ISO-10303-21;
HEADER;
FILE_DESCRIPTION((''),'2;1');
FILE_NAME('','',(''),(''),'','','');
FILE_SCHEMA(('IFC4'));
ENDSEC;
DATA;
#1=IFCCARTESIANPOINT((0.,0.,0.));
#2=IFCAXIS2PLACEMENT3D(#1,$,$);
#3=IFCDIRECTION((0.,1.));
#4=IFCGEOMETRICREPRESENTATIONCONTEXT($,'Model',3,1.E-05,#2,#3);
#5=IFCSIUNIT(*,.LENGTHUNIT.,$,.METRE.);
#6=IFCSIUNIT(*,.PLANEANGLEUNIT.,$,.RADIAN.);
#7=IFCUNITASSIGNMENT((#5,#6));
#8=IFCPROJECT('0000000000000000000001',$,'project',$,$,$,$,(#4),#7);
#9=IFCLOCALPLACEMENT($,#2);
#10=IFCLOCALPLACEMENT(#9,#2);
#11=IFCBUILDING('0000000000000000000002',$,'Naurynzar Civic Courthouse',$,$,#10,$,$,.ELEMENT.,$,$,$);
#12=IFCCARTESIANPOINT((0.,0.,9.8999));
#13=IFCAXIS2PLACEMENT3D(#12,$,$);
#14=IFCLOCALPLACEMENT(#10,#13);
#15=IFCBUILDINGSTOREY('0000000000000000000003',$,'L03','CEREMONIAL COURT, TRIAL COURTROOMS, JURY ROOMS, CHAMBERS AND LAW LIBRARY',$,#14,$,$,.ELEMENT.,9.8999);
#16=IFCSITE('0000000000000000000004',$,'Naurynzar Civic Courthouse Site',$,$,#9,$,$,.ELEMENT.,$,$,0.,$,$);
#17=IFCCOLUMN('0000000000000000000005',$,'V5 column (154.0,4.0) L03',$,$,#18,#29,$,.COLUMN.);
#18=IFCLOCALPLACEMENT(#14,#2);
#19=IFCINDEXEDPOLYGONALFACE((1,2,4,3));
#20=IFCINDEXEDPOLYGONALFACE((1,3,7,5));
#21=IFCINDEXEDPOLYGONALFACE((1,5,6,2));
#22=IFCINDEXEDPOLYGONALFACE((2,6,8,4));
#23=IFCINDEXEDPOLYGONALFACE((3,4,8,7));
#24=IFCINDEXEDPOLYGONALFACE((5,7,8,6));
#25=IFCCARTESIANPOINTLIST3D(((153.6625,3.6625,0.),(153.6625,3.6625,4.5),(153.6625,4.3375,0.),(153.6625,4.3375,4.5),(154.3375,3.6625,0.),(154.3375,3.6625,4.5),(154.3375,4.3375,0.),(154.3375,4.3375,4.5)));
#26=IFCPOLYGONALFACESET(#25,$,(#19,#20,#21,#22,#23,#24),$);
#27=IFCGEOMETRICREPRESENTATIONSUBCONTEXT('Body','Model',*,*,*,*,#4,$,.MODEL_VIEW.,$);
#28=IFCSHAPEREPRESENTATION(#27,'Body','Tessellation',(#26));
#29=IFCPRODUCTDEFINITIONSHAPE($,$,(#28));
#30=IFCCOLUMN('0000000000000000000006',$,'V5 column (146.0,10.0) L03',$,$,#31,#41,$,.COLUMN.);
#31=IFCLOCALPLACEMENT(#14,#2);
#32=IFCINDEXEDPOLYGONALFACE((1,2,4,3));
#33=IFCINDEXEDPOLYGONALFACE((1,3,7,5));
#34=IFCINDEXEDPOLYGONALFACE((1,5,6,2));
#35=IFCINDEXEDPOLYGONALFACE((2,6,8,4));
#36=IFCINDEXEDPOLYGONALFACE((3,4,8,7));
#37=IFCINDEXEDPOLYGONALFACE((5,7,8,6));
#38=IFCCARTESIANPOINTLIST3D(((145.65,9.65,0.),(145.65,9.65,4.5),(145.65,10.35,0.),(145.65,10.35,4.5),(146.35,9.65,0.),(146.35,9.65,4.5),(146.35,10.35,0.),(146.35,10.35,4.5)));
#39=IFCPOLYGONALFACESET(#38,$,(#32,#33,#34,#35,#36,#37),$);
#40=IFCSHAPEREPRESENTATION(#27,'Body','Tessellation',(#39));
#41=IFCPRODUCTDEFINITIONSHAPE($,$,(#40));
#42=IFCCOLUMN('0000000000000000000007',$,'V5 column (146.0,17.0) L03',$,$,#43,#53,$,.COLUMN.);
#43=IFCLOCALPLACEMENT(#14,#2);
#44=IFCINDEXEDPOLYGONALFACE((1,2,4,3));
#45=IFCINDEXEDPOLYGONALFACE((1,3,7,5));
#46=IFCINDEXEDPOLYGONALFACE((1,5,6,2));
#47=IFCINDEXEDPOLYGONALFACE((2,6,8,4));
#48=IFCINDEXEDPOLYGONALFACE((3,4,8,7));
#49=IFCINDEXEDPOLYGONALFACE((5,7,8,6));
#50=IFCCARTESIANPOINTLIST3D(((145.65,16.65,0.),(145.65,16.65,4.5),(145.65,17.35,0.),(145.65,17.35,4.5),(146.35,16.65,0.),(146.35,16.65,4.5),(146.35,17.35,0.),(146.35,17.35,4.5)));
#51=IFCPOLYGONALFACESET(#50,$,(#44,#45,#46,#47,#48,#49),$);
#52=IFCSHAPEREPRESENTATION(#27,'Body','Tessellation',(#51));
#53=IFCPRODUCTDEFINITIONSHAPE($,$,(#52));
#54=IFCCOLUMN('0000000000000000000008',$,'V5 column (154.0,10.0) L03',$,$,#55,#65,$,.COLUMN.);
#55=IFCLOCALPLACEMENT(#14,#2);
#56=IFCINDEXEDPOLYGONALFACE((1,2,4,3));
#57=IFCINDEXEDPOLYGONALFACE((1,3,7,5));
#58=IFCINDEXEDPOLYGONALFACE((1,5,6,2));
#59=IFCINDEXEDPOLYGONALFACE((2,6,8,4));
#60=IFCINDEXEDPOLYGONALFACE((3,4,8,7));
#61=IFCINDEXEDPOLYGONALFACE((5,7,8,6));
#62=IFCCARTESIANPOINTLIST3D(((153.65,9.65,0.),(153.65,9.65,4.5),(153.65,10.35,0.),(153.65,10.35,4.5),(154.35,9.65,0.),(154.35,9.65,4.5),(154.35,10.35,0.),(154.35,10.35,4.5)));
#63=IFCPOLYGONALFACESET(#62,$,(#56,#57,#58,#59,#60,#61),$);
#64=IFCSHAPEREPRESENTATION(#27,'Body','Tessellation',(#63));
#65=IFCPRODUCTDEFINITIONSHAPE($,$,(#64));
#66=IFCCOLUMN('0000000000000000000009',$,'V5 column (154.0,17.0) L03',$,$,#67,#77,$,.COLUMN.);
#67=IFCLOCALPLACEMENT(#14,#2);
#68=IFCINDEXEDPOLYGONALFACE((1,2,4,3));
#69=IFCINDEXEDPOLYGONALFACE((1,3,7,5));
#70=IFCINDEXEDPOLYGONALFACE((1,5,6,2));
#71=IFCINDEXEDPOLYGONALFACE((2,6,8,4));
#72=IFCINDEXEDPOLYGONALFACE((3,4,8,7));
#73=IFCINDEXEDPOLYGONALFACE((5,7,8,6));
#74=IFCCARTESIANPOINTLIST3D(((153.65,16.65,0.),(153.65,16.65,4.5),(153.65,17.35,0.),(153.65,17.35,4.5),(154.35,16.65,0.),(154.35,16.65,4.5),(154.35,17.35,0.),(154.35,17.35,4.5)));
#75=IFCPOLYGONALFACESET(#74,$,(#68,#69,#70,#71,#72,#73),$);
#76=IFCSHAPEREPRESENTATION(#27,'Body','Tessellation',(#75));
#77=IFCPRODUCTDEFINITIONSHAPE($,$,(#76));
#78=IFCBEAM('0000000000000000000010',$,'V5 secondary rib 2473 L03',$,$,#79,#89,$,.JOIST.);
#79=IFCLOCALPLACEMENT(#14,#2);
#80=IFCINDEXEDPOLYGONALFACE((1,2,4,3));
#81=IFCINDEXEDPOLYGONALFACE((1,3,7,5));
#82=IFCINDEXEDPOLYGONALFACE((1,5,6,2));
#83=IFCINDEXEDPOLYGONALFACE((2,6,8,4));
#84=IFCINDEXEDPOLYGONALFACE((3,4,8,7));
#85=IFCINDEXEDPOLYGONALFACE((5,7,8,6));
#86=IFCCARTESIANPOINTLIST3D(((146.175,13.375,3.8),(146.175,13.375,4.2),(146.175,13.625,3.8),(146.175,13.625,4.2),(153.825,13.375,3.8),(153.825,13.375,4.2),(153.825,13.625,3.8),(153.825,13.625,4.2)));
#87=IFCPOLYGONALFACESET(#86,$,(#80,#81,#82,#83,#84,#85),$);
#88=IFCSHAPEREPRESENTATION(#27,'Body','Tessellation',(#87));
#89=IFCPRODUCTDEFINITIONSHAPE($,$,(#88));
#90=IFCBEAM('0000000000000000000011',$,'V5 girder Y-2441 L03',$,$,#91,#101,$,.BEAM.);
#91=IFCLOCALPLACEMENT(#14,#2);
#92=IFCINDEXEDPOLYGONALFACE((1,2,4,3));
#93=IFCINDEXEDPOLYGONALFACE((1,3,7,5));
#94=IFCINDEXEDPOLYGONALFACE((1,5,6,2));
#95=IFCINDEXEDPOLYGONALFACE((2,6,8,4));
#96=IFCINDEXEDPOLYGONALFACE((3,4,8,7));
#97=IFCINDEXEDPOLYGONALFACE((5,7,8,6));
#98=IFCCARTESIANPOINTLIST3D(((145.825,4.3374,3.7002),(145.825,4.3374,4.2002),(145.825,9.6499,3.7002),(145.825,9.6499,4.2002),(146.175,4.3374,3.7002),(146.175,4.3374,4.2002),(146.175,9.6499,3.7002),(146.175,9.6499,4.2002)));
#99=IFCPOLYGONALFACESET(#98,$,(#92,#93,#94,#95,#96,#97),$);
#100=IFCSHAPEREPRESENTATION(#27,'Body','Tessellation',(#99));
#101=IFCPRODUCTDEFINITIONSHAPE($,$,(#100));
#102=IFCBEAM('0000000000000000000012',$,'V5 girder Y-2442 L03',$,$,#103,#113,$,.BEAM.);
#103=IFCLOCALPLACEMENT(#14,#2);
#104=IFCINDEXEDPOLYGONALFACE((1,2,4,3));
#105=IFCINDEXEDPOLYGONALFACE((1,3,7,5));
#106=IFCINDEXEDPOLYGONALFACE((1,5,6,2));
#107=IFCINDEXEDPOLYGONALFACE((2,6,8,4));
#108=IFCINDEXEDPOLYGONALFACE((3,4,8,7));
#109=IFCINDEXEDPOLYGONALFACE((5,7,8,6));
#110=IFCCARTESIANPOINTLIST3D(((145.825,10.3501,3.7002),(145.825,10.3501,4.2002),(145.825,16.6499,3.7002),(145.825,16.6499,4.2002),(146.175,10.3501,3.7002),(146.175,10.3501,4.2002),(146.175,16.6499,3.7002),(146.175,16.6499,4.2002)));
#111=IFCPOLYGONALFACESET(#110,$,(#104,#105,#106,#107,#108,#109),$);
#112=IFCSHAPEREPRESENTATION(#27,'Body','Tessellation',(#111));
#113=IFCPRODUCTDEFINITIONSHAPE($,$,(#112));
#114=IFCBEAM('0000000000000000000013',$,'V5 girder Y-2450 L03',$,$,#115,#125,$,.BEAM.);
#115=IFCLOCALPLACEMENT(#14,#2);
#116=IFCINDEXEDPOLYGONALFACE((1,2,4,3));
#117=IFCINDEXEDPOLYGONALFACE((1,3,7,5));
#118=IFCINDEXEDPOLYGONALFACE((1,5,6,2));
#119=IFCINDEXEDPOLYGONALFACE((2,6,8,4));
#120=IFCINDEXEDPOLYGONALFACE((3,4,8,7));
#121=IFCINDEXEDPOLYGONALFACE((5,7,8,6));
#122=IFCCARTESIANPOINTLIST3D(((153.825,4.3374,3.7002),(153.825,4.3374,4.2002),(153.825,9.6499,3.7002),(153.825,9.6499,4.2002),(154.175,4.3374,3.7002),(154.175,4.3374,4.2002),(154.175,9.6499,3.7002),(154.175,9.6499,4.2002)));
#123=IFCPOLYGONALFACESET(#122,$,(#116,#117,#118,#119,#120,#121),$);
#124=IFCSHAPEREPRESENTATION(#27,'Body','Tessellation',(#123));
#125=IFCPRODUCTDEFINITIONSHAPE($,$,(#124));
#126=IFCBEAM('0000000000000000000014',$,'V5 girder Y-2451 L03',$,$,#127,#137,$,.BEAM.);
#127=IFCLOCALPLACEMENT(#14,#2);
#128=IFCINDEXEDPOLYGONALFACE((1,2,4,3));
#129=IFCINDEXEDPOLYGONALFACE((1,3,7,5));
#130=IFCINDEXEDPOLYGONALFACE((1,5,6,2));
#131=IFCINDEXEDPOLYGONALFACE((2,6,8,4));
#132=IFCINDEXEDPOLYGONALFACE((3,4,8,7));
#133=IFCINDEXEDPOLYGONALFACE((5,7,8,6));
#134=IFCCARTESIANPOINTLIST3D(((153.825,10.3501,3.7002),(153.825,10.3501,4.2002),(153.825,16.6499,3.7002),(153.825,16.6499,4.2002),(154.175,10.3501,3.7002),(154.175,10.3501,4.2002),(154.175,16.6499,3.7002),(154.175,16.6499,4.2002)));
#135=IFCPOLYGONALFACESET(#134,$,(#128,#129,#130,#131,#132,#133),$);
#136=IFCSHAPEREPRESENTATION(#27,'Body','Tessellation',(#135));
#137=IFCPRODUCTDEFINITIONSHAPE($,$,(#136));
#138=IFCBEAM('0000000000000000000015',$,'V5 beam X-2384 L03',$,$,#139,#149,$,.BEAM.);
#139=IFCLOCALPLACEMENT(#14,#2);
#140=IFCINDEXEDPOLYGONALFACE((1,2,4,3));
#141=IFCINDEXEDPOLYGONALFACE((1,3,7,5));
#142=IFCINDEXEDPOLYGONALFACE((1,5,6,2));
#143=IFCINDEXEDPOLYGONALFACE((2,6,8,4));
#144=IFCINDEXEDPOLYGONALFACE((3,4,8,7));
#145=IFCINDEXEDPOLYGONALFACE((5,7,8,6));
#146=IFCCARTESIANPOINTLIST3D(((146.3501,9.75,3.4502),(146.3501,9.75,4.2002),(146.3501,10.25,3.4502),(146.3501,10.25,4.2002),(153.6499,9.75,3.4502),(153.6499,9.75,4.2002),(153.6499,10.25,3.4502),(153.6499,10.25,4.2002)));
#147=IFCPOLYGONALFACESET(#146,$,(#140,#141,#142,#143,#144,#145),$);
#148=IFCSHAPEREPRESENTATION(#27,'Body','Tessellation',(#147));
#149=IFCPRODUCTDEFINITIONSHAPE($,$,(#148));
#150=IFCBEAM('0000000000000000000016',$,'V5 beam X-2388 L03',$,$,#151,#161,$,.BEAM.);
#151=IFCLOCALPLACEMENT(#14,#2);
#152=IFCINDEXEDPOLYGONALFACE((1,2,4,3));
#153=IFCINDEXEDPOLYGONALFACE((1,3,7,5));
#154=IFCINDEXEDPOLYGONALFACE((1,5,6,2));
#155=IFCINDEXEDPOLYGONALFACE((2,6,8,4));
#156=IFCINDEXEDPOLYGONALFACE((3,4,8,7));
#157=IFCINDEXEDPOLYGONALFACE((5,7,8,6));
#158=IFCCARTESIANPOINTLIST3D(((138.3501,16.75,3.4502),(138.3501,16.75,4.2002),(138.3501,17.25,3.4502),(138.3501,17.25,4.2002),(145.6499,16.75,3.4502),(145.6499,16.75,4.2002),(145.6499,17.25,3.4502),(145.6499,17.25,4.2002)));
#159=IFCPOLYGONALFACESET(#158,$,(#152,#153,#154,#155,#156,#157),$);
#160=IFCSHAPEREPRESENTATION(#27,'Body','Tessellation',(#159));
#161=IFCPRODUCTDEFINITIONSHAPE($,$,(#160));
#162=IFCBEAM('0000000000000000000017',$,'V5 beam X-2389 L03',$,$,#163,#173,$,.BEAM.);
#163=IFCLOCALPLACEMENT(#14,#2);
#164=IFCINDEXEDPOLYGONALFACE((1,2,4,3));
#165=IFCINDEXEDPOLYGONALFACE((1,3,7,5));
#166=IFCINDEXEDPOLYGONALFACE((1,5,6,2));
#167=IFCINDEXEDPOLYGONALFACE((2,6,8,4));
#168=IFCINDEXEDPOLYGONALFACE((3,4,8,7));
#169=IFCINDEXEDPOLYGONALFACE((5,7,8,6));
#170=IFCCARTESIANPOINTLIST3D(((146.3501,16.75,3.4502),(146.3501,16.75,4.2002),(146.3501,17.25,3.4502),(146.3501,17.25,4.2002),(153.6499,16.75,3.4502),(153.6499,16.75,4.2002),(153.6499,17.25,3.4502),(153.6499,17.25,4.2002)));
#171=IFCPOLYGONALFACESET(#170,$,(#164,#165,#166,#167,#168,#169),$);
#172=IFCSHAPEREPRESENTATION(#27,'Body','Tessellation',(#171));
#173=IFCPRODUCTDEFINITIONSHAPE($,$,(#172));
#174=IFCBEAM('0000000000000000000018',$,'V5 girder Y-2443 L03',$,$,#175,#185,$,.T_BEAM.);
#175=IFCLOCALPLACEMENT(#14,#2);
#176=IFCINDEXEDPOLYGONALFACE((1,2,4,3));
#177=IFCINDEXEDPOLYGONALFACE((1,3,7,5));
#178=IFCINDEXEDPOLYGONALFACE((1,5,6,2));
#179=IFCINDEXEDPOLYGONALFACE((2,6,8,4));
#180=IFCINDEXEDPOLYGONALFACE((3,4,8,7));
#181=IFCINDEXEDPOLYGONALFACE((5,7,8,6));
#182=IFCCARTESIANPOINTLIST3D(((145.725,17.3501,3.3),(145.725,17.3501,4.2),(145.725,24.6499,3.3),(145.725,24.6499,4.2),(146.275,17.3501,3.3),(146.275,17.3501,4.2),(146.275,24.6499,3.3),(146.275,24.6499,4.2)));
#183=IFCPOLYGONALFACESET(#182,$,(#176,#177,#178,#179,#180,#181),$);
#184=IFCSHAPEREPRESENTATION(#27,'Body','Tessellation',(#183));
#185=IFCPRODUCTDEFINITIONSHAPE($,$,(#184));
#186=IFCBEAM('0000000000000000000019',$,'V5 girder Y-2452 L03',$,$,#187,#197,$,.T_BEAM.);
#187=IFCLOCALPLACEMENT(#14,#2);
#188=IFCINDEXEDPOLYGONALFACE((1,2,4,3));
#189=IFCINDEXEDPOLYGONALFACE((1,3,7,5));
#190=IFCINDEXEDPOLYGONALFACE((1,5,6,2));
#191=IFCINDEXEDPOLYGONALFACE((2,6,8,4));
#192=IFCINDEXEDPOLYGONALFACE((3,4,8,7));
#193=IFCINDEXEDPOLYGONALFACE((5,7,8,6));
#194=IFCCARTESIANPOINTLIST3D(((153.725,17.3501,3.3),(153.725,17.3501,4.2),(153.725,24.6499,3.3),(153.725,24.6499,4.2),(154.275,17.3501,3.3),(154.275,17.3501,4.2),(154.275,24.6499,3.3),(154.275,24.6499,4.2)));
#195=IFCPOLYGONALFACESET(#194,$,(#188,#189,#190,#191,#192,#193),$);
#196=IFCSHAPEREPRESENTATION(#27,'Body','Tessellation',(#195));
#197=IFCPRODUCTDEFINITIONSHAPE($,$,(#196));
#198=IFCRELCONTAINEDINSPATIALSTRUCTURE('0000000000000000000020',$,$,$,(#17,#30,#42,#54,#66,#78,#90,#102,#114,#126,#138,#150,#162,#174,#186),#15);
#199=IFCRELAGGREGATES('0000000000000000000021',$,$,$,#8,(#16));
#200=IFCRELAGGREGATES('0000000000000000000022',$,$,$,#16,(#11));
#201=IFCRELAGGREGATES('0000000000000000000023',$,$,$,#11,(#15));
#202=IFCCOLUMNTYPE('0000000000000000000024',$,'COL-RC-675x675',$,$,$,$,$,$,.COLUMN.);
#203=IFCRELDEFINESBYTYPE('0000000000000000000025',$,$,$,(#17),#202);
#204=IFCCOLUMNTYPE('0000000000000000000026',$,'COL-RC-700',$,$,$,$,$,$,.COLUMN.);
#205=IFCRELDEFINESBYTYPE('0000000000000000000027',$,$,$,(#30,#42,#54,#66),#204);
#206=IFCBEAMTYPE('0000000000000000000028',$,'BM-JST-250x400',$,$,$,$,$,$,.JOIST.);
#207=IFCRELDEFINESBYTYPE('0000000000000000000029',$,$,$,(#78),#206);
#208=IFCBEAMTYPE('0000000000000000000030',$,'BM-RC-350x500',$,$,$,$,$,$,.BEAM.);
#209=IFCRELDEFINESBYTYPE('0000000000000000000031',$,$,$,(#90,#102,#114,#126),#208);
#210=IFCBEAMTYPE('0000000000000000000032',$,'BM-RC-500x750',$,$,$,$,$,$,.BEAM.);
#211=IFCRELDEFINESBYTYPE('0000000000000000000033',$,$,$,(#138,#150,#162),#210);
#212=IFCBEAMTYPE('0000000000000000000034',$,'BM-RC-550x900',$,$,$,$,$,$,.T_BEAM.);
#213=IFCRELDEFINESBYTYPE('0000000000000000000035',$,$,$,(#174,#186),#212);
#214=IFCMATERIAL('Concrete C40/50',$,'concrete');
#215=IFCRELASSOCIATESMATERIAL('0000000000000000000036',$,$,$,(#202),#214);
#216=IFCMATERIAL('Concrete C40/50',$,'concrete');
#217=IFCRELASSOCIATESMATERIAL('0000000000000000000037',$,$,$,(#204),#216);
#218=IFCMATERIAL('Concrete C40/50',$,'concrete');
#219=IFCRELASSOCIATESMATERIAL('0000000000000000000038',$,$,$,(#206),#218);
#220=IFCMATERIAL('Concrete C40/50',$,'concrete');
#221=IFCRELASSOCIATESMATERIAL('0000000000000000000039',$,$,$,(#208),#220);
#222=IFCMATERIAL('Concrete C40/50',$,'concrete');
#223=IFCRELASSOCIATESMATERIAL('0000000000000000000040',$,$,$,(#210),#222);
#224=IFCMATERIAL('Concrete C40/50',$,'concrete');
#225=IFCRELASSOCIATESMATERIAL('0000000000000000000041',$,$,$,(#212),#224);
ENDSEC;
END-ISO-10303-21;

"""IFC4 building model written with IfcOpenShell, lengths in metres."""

from ifc_helpers import new_model, si_unit, direction, frame, origin, origin_2d, place, context, subcontext, project, spatial, rectangle, extrude, material, material_profile, profile_set, type_object, element, save


model = new_model("IFC4")

# Units and contexts
model_context = context("Model", 3, precision=1e-05, world=origin(), true_north=direction((0.0, 1.0)))
body_context = subcontext(model_context, "Body", "Model", "MODEL_VIEW")
ifc_project = project(units=[si_unit("LENGTHUNIT", "METRE"), si_unit("PLANEANGLEUNIT", "RADIAN")], contexts=[model_context])

# Site, building, storey
site_placement = place(None, origin())
site = spatial("IfcSite", under=ifc_project, at=site_placement, Name="Naurynzar Civic Courthouse Site", CompositionType="ELEMENT", RefElevation=0.0)
building_placement = place(site_placement, origin())
building = spatial("IfcBuilding", under=site, at=building_placement, Name="Naurynzar Civic Courthouse", CompositionType="ELEMENT")
storey_placement = place(building_placement, frame((0.0, 0.0, 9.8999)))
storey = spatial("IfcBuildingStorey", under=building, at=storey_placement, Name="L03", Description="CEREMONIAL COURT, TRIAL COURTROOMS, JURY ROOMS, CHAMBERS AND LAW LIBRARY", CompositionType="ELEMENT", Elevation=9.8999)

# Columns
ifc_material_1 = material(Name="Concrete C40/50", Category="concrete")
ifc_material_profile_1 = material_profile(ifc_material_1, rectangle(XDim=0.675, YDim=0.675, at=origin_2d()), Name="RC 675x675")
ifc_profile_set_1 = profile_set([ifc_material_profile_1], Name="Concrete C40/50")
column_type_1 = type_object("IfcColumnType", Name="COL-RC-675x675", PredefinedType="COLUMN", material=ifc_profile_set_1)
column_placement = place(storey_placement, frame((154.0, 4.0, 0.0), z_axis=(0.0, 0.0, 1.0), x_axis=(1.0, 0.0, 0.0)))
element("IfcColumn", 1, at=column_placement, inside=storey, type_object=column_type_1, Name="V5 column (154.0,4.0) L03", PredefinedType="COLUMN", context=body_context, shape_type="SweptSolid", body=[
    extrude(rectangle(XDim=0.675, YDim=0.675, at=origin_2d()), origin(), (0.0, 0.0, 1.0), 4.5),
])
ifc_material_2 = material(Name="Concrete C40/50", Category="concrete")
ifc_material_profile_2 = material_profile(ifc_material_2, rectangle(XDim=0.7, YDim=0.7, at=origin_2d()), Name="RC 700x700")
ifc_profile_set_2 = profile_set([ifc_material_profile_2], Name="Concrete C40/50")
column_type_2 = type_object("IfcColumnType", Name="COL-RC-700", PredefinedType="COLUMN", material=ifc_profile_set_2)
for number, where, z_axis, x_axis, name in (
    (2, (146.0, 10.0, 0.0), (0.0, 0.0, 1.0), (1.0, 0.0, 0.0), "V5 column (146.0,10.0) L03"),
    (3, (146.0, 17.0, 0.0), (0.0, 0.0, 1.0), (1.0, 0.0, 0.0), "V5 column (146.0,17.0) L03"),
    (4, (154.0, 10.0, 0.0), (0.0, 0.0, 1.0), (1.0, 0.0, 0.0), "V5 column (154.0,10.0) L03"),
    (5, (154.0, 17.0, 0.0), (0.0, 0.0, 1.0), (1.0, 0.0, 0.0), "V5 column (154.0,17.0) L03"),
):
    element("IfcColumn", number, at=place(storey_placement, frame(where, z_axis=z_axis, x_axis=x_axis)), inside=storey, type_object=column_type_2, Name=name, PredefinedType="COLUMN", context=body_context, shape_type="SweptSolid", body=[
        extrude(rectangle(XDim=0.7, YDim=0.7, at=origin_2d()), origin(), (0.0, 0.0, 1.0), 4.5),
    ])

# Beams
ifc_material_3 = material(Name="Concrete C40/50", Category="concrete")
ifc_material_profile_3 = material_profile(ifc_material_3, rectangle(XDim=0.25, YDim=0.3999, at=origin_2d()), Name="RCB 250x400")
ifc_profile_set_3 = profile_set([ifc_material_profile_3], Name="Concrete C40/50")
beam_type_1 = type_object("IfcBeamType", Name="BM-JST-250x400", PredefinedType="JOIST", material=ifc_profile_set_3)
beam_1_placement = place(storey_placement, frame((146.175, 13.5, 4.0), z_axis=(1.0, 0.0, 0.0), x_axis=(0.0, 1.0, 0.0)))
element("IfcBeam", 6, at=beam_1_placement, inside=storey, type_object=beam_type_1, Name="V5 secondary rib 2473 L03", PredefinedType="JOIST", context=body_context, shape_type="SweptSolid", body=[
    extrude(rectangle(XDim=0.25, YDim=0.3999, at=origin_2d()), origin(), (0.0, 0.0, 1.0), 7.6499),
])
ifc_material_4 = material(Name="Concrete C40/50", Category="concrete")
ifc_material_profile_4 = material_profile(ifc_material_4, rectangle(XDim=0.3501, YDim=0.5, at=origin_2d()), Name="RCB 350x500")
ifc_profile_set_4 = profile_set([ifc_material_profile_4], Name="Concrete C40/50")
beam_type_2 = type_object("IfcBeamType", Name="BM-RC-350x500", PredefinedType="BEAM", material=ifc_profile_set_4)
beam_2_placement = place(storey_placement, frame((146.0, 4.3374, 3.9502), z_axis=(0.0, 1.0, 0.0), x_axis=(-1.0, 0.0, 0.0)))
element("IfcBeam", 7, at=beam_2_placement, inside=storey, type_object=beam_type_2, Name="V5 girder Y-2441 L03", PredefinedType="BEAM", context=body_context, shape_type="SweptSolid", body=[
    extrude(rectangle(XDim=0.3501, YDim=0.5, at=origin_2d()), origin(), (0.0, 0.0, 1.0), 5.3125),
])
beam_3_placement = place(storey_placement, frame((146.0, 10.3501, 3.9502), z_axis=(0.0, 1.0, 0.0), x_axis=(-1.0, 0.0, 0.0)))
element("IfcBeam", 8, at=beam_3_placement, inside=storey, type_object=beam_type_2, Name="V5 girder Y-2442 L03", PredefinedType="BEAM", context=body_context, shape_type="SweptSolid", body=[
    extrude(rectangle(XDim=0.3501, YDim=0.5, at=origin_2d()), origin(), (0.0, 0.0, 1.0), 6.2998),
])
beam_4_placement = place(storey_placement, frame((154.0, 4.3374, 3.9502), z_axis=(0.0, 1.0, 0.0), x_axis=(-1.0, 0.0, 0.0)))
element("IfcBeam", 9, at=beam_4_placement, inside=storey, type_object=beam_type_2, Name="V5 girder Y-2450 L03", PredefinedType="BEAM", context=body_context, shape_type="SweptSolid", body=[
    extrude(rectangle(XDim=0.3501, YDim=0.5, at=origin_2d()), origin(), (0.0, 0.0, 1.0), 5.3125),
])
beam_5_placement = place(storey_placement, frame((154.0, 10.3501, 3.9502), z_axis=(0.0, 1.0, 0.0), x_axis=(-1.0, 0.0, 0.0)))
element("IfcBeam", 10, at=beam_5_placement, inside=storey, type_object=beam_type_2, Name="V5 girder Y-2451 L03", PredefinedType="BEAM", context=body_context, shape_type="SweptSolid", body=[
    extrude(rectangle(XDim=0.3501, YDim=0.5, at=origin_2d()), origin(), (0.0, 0.0, 1.0), 6.2998),
])
ifc_material_5 = material(Name="Concrete C40/50", Category="concrete")
ifc_material_profile_5 = material_profile(ifc_material_5, rectangle(XDim=0.5, YDim=0.75, at=origin_2d()), Name="RCB 500x750")
ifc_profile_set_5 = profile_set([ifc_material_profile_5], Name="Concrete C40/50")
beam_type_3 = type_object("IfcBeamType", Name="BM-RC-500x750", PredefinedType="BEAM", material=ifc_profile_set_5)
for number, where, z_axis, x_axis, name in (
    (11, (146.3501, 10.0, 3.8252), (1.0, 0.0, 0.0), (0.0, 1.0, 0.0), "V5 beam X-2384 L03"),
    (12, (138.3501, 17.0, 3.8252), (1.0, 0.0, 0.0), (0.0, 1.0, 0.0), "V5 beam X-2388 L03"),
    (13, (146.3501, 17.0, 3.8252), (1.0, 0.0, 0.0), (0.0, 1.0, 0.0), "V5 beam X-2389 L03"),
):
    element("IfcBeam", number, at=place(storey_placement, frame(where, z_axis=z_axis, x_axis=x_axis)), inside=storey, type_object=beam_type_3, Name=name, PredefinedType="BEAM", context=body_context, shape_type="SweptSolid", body=[
        extrude(rectangle(XDim=0.5, YDim=0.75, at=origin_2d()), origin(), (0.0, 0.0, 1.0), 7.2998),
    ])
ifc_material_6 = material(Name="Concrete C40/50", Category="concrete")
ifc_material_profile_6 = material_profile(ifc_material_6, rectangle(XDim=0.55, YDim=0.8999, at=origin_2d()), Name="RCB 550x900")
ifc_profile_set_6 = profile_set([ifc_material_profile_6], Name="Concrete C40/50")
beam_type_4 = type_object("IfcBeamType", Name="BM-RC-550x900", PredefinedType="T_BEAM", material=ifc_profile_set_6)
for number, where, z_axis, x_axis, name in (
    (14, (146.0, 17.3501, 3.75), (0.0, 1.0, 0.0), (-1.0, 0.0, 0.0), "V5 girder Y-2443 L03"),
    (15, (154.0, 17.3501, 3.75), (0.0, 1.0, 0.0), (-1.0, 0.0, 0.0), "V5 girder Y-2452 L03"),
):
    element("IfcBeam", number, at=place(storey_placement, frame(where, z_axis=z_axis, x_axis=x_axis)), inside=storey, type_object=beam_type_4, Name=name, PredefinedType="T_BEAM", context=body_context, shape_type="SweptSolid", body=[
        extrude(rectangle(XDim=0.55, YDim=0.8999, at=origin_2d()), origin(), (0.0, 0.0, 1.0), 7.2998),
    ])

save(model, "model.ifc")
